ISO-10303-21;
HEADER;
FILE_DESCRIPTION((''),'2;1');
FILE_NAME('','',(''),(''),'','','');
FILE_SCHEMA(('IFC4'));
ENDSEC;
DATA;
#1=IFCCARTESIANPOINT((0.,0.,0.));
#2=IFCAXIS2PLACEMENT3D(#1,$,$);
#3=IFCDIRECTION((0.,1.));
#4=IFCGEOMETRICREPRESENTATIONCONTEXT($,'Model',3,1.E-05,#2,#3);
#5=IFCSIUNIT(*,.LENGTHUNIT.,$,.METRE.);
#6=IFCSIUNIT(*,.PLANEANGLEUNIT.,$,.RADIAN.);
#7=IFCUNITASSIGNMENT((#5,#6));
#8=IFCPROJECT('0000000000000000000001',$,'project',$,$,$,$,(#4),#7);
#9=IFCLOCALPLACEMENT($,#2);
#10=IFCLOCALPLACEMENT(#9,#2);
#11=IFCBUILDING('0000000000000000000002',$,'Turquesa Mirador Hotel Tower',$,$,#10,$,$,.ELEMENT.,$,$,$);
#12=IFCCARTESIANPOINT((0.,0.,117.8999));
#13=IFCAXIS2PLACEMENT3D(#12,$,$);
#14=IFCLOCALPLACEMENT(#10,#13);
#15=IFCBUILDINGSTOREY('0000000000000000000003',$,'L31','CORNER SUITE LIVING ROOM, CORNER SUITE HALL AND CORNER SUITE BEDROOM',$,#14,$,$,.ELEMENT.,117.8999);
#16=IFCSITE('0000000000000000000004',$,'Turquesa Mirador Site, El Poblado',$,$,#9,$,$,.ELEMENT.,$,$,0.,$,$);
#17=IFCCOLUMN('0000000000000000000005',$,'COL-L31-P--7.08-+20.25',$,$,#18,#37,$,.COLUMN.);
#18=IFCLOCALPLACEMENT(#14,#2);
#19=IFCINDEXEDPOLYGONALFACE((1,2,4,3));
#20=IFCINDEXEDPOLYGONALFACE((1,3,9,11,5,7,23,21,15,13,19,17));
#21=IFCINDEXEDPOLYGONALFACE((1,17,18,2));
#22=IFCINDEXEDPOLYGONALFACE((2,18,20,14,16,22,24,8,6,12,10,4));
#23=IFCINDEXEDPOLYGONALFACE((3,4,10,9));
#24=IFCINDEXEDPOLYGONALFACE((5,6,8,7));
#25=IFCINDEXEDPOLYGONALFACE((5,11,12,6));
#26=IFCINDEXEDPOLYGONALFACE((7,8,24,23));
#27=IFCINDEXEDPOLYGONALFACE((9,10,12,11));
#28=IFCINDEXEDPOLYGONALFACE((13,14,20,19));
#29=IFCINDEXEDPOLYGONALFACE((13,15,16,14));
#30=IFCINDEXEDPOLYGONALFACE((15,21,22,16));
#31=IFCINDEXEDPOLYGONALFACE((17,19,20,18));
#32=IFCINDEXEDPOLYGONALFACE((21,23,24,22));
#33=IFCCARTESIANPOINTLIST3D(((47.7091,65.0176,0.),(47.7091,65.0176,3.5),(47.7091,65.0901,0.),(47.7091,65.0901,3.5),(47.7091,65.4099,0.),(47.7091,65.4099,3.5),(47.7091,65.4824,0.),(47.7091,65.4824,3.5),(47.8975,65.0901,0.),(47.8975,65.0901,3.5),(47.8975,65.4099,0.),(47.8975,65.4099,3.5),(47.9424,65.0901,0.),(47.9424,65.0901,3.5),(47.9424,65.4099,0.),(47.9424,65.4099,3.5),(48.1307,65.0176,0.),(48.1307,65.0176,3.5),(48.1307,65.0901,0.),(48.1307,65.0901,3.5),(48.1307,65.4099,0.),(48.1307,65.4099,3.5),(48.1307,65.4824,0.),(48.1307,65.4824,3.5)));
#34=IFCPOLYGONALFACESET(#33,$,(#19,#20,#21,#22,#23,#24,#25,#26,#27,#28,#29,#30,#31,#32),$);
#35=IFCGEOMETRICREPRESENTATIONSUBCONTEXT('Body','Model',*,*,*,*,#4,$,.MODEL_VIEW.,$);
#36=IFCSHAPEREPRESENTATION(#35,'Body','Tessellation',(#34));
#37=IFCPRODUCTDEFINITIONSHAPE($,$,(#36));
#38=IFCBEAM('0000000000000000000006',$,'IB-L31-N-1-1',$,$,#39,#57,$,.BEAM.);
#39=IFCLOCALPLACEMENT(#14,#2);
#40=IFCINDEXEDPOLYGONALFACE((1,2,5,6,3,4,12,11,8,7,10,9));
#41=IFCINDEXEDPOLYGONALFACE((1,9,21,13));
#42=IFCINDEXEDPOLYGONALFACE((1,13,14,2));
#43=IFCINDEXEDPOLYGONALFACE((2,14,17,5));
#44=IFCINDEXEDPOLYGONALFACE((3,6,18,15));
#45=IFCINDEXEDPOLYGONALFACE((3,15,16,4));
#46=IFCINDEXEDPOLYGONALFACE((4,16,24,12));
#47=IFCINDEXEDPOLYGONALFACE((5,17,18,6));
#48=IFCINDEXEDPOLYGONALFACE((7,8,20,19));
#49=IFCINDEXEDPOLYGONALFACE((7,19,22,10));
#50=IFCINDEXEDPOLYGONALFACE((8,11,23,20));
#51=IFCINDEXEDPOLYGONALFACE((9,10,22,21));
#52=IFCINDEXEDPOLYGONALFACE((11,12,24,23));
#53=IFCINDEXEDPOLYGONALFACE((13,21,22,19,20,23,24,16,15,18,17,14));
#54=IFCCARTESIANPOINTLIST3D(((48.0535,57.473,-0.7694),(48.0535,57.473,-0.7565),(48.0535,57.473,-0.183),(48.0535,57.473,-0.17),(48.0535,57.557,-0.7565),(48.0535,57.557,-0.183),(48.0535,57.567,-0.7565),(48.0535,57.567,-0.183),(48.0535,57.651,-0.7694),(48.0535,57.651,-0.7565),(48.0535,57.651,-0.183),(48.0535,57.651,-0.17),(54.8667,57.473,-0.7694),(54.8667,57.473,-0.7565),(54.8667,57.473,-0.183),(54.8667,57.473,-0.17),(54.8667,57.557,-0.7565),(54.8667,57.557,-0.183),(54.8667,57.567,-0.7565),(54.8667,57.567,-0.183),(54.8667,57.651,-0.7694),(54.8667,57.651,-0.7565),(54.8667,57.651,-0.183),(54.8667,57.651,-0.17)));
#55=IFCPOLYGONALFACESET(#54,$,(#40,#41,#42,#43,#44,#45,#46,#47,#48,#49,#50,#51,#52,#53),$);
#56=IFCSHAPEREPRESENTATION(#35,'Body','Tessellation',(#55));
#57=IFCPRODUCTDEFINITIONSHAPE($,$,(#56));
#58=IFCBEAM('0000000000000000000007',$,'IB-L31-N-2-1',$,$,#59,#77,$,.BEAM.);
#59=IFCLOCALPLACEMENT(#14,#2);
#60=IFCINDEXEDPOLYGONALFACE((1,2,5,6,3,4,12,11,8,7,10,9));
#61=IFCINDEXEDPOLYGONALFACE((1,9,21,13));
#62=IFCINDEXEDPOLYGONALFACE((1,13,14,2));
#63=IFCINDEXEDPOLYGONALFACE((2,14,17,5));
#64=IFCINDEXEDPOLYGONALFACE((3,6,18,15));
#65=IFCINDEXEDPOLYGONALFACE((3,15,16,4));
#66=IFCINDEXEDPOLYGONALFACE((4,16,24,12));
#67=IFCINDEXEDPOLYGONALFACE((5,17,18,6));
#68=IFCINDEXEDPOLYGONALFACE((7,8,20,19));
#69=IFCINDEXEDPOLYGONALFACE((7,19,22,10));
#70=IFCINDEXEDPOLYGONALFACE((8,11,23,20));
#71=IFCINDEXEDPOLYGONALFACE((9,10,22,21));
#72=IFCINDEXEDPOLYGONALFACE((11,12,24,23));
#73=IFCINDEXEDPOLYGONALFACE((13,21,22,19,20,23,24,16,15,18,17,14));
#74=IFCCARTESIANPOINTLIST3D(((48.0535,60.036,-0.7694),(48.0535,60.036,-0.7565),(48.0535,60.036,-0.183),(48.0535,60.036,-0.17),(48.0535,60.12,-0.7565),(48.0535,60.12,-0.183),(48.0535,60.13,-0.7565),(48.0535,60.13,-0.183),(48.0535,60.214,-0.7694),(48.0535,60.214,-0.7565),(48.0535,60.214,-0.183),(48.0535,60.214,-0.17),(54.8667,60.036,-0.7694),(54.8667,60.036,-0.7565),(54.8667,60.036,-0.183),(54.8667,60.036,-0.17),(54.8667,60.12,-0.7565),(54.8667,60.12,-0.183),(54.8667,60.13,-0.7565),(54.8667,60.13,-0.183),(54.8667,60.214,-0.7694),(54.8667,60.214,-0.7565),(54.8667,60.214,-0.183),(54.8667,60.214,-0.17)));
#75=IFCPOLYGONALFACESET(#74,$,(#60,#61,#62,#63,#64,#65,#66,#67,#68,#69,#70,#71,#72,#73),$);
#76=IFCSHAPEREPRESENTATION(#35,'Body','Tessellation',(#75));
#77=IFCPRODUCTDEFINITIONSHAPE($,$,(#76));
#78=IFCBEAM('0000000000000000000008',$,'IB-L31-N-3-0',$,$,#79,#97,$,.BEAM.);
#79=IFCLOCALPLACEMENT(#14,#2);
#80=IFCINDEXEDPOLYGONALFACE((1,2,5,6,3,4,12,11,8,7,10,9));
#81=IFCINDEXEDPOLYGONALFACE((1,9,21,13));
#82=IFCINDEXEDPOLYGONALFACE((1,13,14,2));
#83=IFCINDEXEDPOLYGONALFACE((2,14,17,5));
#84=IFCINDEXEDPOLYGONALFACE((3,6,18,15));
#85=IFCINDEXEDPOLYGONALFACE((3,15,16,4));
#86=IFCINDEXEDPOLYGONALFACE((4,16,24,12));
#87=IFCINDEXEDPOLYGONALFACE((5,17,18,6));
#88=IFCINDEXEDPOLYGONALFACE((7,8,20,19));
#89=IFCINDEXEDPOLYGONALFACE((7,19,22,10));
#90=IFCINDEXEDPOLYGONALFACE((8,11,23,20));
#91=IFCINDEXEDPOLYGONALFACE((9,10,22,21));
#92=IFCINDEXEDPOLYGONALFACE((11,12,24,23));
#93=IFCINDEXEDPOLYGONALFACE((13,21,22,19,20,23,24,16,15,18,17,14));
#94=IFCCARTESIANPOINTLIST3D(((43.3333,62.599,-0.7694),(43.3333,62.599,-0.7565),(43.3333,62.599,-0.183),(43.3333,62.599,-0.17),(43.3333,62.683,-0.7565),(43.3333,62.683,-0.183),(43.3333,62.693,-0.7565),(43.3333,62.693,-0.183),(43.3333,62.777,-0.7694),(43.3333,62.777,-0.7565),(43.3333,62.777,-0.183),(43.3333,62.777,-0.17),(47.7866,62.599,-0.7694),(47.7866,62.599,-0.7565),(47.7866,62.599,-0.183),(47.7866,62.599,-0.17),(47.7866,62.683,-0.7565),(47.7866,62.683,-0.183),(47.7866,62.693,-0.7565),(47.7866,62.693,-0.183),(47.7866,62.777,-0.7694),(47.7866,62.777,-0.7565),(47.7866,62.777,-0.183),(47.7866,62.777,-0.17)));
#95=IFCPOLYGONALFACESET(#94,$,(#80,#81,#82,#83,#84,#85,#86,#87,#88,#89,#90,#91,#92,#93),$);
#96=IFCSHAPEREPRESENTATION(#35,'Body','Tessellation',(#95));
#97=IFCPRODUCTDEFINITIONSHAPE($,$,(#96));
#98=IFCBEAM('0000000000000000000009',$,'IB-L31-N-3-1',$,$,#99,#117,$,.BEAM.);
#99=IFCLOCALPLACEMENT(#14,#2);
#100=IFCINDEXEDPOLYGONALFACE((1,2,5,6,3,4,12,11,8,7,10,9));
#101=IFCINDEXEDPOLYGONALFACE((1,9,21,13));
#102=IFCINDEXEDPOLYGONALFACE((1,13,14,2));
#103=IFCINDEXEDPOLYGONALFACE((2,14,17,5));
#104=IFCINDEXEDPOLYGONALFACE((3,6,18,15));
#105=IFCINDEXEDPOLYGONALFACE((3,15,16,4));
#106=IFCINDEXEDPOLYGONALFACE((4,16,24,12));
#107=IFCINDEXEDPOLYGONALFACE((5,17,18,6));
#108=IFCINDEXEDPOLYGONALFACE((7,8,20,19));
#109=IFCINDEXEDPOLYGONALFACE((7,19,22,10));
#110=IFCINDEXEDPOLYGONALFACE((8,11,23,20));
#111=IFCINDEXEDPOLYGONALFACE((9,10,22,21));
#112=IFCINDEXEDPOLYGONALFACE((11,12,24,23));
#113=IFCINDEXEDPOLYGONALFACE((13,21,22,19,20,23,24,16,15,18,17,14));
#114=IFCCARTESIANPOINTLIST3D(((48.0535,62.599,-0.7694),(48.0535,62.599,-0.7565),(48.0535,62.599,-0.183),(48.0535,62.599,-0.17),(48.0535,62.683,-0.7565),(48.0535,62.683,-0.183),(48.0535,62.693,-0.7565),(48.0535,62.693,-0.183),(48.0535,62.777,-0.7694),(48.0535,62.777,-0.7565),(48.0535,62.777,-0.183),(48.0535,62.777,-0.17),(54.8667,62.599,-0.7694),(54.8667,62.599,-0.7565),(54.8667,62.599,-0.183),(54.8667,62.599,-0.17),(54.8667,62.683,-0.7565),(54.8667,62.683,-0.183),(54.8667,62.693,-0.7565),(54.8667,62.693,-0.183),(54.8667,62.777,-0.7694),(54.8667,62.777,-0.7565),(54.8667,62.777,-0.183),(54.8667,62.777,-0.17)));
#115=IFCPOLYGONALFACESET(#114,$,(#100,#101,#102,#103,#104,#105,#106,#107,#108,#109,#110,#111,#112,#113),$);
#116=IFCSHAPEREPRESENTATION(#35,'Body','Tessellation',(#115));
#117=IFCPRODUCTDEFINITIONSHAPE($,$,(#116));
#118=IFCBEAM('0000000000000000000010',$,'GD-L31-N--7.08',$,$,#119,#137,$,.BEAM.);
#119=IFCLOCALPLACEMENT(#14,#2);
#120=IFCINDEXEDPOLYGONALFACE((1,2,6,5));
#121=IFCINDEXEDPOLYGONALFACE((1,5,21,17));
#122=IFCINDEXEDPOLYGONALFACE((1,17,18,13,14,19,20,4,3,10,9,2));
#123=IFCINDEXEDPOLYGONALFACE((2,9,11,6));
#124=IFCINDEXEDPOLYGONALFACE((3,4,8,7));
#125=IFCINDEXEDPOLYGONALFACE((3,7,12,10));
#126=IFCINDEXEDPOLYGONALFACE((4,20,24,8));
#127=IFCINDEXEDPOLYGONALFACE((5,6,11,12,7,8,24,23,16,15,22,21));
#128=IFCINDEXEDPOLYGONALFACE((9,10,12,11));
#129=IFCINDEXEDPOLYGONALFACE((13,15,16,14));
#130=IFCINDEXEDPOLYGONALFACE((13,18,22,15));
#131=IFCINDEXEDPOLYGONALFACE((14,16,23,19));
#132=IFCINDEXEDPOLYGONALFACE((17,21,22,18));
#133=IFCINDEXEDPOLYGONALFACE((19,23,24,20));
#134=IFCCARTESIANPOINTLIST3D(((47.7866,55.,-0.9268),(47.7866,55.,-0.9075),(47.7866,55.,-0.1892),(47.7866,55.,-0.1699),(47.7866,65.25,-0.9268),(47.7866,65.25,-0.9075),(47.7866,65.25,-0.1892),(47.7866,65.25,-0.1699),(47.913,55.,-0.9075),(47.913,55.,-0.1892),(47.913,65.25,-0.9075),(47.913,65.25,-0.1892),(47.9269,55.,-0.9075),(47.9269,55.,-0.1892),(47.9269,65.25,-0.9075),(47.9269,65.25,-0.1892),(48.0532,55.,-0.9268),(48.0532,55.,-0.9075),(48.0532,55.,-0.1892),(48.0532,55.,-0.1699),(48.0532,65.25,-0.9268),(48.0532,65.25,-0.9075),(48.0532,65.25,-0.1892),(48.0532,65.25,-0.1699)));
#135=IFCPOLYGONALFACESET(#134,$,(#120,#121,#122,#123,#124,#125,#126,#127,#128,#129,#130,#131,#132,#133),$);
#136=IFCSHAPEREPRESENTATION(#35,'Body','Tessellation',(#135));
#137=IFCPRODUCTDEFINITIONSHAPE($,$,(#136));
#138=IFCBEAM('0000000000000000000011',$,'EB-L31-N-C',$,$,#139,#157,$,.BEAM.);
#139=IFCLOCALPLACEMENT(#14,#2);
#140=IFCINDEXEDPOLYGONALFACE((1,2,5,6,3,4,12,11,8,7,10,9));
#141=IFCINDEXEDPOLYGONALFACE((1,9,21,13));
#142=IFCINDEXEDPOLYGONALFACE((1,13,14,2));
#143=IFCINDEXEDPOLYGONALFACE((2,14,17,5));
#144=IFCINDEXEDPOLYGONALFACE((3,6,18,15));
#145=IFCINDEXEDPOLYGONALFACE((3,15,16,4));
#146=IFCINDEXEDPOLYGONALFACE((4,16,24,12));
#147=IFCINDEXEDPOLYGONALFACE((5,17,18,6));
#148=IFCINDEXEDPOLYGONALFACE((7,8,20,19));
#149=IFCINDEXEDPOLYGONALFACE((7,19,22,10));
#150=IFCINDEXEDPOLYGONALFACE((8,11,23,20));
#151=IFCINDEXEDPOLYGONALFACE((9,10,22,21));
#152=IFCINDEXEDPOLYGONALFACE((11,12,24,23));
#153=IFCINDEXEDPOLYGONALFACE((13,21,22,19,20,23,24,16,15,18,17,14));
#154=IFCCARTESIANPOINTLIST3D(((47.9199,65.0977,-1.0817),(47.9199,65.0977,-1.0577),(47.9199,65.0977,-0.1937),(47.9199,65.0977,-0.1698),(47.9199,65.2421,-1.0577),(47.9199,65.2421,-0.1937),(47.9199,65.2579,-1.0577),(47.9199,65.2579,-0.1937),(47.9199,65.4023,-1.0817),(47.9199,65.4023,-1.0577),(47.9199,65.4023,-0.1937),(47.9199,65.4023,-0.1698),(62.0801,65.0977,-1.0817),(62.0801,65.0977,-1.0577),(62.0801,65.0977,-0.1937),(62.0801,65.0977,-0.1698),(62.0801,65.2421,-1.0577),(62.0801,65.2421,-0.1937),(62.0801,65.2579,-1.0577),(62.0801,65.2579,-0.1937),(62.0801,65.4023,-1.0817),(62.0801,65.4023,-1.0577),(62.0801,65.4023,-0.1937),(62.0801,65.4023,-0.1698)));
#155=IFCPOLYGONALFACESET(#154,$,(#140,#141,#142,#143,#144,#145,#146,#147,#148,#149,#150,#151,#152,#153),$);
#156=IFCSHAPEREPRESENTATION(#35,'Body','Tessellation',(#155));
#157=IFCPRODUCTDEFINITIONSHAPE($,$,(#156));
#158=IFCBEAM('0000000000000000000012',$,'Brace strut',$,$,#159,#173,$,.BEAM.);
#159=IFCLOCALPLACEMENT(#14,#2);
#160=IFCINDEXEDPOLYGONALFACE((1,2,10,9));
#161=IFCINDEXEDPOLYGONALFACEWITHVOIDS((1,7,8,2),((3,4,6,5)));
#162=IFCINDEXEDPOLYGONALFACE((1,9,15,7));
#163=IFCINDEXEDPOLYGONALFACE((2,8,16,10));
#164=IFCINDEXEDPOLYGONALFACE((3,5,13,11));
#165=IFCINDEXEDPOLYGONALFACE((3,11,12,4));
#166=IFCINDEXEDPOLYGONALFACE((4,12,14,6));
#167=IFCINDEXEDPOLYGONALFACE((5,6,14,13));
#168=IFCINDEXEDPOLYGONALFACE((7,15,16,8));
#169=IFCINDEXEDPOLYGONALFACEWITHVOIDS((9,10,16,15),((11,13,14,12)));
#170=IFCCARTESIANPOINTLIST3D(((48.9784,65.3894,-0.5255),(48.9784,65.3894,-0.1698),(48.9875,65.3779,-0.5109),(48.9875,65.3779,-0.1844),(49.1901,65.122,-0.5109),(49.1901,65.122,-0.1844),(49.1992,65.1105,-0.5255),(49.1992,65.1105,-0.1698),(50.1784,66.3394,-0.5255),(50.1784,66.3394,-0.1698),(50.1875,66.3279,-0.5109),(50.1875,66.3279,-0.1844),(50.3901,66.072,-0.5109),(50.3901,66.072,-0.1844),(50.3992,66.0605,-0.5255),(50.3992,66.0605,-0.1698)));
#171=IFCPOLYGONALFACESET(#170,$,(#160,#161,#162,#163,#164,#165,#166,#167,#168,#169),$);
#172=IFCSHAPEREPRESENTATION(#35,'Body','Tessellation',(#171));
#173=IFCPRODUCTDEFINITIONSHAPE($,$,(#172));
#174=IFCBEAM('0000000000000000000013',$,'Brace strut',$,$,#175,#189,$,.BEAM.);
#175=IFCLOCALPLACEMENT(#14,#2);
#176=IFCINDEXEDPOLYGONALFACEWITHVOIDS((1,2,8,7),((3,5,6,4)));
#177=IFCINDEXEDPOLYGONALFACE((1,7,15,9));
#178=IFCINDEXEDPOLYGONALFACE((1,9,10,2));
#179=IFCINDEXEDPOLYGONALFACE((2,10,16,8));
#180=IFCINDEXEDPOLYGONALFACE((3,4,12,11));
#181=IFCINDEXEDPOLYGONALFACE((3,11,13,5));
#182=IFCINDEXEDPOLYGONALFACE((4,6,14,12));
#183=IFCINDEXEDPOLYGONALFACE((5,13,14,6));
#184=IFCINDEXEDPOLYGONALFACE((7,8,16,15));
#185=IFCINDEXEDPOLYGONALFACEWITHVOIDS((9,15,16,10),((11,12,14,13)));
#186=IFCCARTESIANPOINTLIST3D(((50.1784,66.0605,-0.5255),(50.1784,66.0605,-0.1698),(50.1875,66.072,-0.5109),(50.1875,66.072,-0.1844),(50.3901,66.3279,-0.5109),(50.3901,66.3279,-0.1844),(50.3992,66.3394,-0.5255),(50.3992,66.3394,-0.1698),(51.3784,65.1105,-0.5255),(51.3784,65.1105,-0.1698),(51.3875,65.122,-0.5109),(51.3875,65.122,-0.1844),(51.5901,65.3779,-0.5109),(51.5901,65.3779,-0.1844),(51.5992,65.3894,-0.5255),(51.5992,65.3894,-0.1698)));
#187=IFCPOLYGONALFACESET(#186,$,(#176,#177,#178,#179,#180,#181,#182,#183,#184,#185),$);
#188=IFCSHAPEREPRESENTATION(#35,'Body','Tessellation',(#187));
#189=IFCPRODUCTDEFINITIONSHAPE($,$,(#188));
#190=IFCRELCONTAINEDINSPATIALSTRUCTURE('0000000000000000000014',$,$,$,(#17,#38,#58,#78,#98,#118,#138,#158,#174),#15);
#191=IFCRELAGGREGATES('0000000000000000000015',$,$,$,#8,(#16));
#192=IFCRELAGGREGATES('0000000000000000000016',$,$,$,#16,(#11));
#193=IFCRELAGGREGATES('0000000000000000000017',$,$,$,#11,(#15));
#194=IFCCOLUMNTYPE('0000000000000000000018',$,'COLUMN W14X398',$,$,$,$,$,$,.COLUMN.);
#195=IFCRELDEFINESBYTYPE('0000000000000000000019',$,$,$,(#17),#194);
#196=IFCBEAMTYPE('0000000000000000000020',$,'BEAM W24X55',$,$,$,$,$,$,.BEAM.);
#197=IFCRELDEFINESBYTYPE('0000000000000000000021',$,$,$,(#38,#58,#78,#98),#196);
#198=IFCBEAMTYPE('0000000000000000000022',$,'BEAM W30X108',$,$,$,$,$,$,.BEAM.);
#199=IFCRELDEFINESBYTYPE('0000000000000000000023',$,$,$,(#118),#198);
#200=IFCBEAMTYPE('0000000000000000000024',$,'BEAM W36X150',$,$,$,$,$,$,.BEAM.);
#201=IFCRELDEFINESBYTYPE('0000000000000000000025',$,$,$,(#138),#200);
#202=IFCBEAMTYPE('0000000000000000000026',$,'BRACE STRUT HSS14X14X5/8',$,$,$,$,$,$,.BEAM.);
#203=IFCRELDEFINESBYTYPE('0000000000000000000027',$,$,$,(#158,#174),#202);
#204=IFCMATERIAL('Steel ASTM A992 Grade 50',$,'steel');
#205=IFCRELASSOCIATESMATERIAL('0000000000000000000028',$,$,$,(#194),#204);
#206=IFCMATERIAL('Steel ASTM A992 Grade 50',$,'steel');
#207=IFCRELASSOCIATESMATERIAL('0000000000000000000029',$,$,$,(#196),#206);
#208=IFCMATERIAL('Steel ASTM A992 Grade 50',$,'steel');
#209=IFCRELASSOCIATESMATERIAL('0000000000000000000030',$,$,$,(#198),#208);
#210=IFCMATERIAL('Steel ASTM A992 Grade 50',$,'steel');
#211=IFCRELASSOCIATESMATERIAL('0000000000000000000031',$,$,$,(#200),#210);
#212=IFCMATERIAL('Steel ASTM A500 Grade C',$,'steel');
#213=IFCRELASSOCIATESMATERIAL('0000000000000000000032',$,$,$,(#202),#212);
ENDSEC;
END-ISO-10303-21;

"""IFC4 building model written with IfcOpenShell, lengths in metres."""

from ifc_helpers import new_model, si_unit, direction, frame, origin, origin_2d, place, context, subcontext, project, spatial, hollow_rectangle, i_section, extrude, material, material_profile, profile_set, type_object, element, save


model = new_model("IFC4")

# Units and contexts
model_context = context("Model", 3, precision=1e-05, world=origin(), true_north=direction((0.0, 1.0)))
body_context = subcontext(model_context, "Body", "Model", "MODEL_VIEW")
ifc_project = project(units=[si_unit("LENGTHUNIT", "METRE"), si_unit("PLANEANGLEUNIT", "RADIAN")], contexts=[model_context])

# Site, building, storey
site_placement = place(None, origin())
site = spatial("IfcSite", under=ifc_project, at=site_placement, Name="Turquesa Mirador Site, El Poblado", CompositionType="ELEMENT", RefElevation=0.0)
building_placement = place(site_placement, origin())
building = spatial("IfcBuilding", under=site, at=building_placement, Name="Turquesa Mirador Hotel Tower", CompositionType="ELEMENT")
storey_placement = place(building_placement, frame((0.0, 0.0, 117.8999)))
storey = spatial("IfcBuildingStorey", under=building, at=storey_placement, Name="L31", Description="CORNER SUITE LIVING ROOM, CORNER SUITE HALL AND CORNER SUITE BEDROOM", CompositionType="ELEMENT", Elevation=117.8999)

# Column
ifc_material_1 = material(Name="Steel ASTM A992 Grade 50", Category="steel")
ifc_material_profile_1 = material_profile(ifc_material_1, i_section(OverallWidth=0.4216, OverallDepth=0.4648, WebThickness=0.0449, FlangeThickness=0.0725, at=origin_2d()), Name="W14X398")
ifc_profile_set_1 = profile_set([ifc_material_profile_1], Name="Steel ASTM A992 Grade 50")
column_type = type_object("IfcColumnType", Name="COLUMN W14X398", PredefinedType="COLUMN", material=ifc_profile_set_1)
column_placement = place(storey_placement, frame((47.9199, 65.25, 0.0), z_axis=(0.0, 0.0, 1.0), x_axis=(1.0, 0.0, 0.0)))
element("IfcColumn", 1, at=column_placement, inside=storey, type_object=column_type, Name="COL-L31-P--7.08-+20.25", PredefinedType="COLUMN", context=body_context, shape_type="SweptSolid", body=[
    extrude(i_section(OverallWidth=0.4216, OverallDepth=0.4648, WebThickness=0.0449, FlangeThickness=0.0725, at=origin_2d()), origin(), (0.0, 0.0, 1.0), 3.5),
])

# Beams
ifc_material_2 = material(Name="Steel ASTM A992 Grade 50", Category="steel")
ifc_material_profile_2 = material_profile(ifc_material_2, i_section(OverallWidth=0.178, OverallDepth=0.5994, WebThickness=0.01, FlangeThickness=0.0129, at=origin_2d()), Name="W24X55")
ifc_profile_set_2 = profile_set([ifc_material_profile_2], Name="Steel ASTM A992 Grade 50")
beam_type_1 = type_object("IfcBeamType", Name="BEAM W24X55", PredefinedType="BEAM", material=ifc_profile_set_2)
for number, where, z_axis, x_axis, name in (
    (2, (48.0535, 57.562, -0.4697), (1.0, 0.0, 0.0), (0.0, 1.0, 0.0), "IB-L31-N-1-1"),
    (3, (48.0535, 60.125, -0.4697), (1.0, 0.0, 0.0), (0.0, 1.0, 0.0), "IB-L31-N-2-1"),
):
    element("IfcBeam", number, at=place(storey_placement, frame(where, z_axis=z_axis, x_axis=x_axis)), inside=storey, type_object=beam_type_1, Name=name, PredefinedType="BEAM", context=body_context, shape_type="SweptSolid", body=[
        extrude(i_section(OverallWidth=0.178, OverallDepth=0.5994, WebThickness=0.01, FlangeThickness=0.0129, at=origin_2d()), origin(), (0.0, 0.0, 1.0), 6.8132),
    ])
beam_1_placement = place(storey_placement, frame((43.3333, 62.688, -0.4697), z_axis=(1.0, 0.0, 0.0), x_axis=(0.0, 1.0, 0.0)))
element("IfcBeam", 4, at=beam_1_placement, inside=storey, type_object=beam_type_1, Name="IB-L31-N-3-0", PredefinedType="BEAM", context=body_context, shape_type="SweptSolid", body=[
    extrude(i_section(OverallWidth=0.178, OverallDepth=0.5994, WebThickness=0.01, FlangeThickness=0.0129, at=origin_2d()), origin(), (0.0, 0.0, 1.0), 4.4534),
])
beam_2_placement = place(storey_placement, frame((48.0535, 62.688, -0.4697), z_axis=(1.0, 0.0, 0.0), x_axis=(0.0, 1.0, 0.0)))
element("IfcBeam", 5, at=beam_2_placement, inside=storey, type_object=beam_type_1, Name="IB-L31-N-3-1", PredefinedType="BEAM", context=body_context, shape_type="SweptSolid", body=[
    extrude(i_section(OverallWidth=0.178, OverallDepth=0.5994, WebThickness=0.01, FlangeThickness=0.0129, at=origin_2d()), origin(), (0.0, 0.0, 1.0), 6.8132),
])
ifc_material_3 = material(Name="Steel ASTM A992 Grade 50", Category="steel")
ifc_material_profile_3 = material_profile(ifc_material_3, i_section(OverallWidth=0.2666, OverallDepth=0.7568, WebThickness=0.0139, FlangeThickness=0.0193, at=origin_2d()), Name="W30X108")
ifc_profile_set_3 = profile_set([ifc_material_profile_3], Name="Steel ASTM A992 Grade 50")
beam_type_2 = type_object("IfcBeamType", Name="BEAM W30X108", PredefinedType="BEAM", material=ifc_profile_set_3)
beam_3_placement = place(storey_placement, frame((47.9199, 65.25, -0.5483), z_axis=(0.0, -1.0, 0.0), x_axis=(1.0, 0.0, 0.0)))
element("IfcBeam", 6, at=beam_3_placement, inside=storey, type_object=beam_type_2, Name="GD-L31-N--7.08", PredefinedType="BEAM", context=body_context, shape_type="SweptSolid", body=[
    extrude(i_section(OverallWidth=0.2666, OverallDepth=0.7568, WebThickness=0.0139, FlangeThickness=0.0193, at=origin_2d()), origin(), (0.0, 0.0, 1.0), 10.25),
])
ifc_material_4 = material(Name="Steel ASTM A992 Grade 50", Category="steel")
ifc_material_profile_4 = material_profile(ifc_material_4, i_section(OverallWidth=0.3047, OverallDepth=0.9119, WebThickness=0.0159, FlangeThickness=0.0239, at=origin_2d()), Name="W36X150")
ifc_profile_set_4 = profile_set([ifc_material_profile_4], Name="Steel ASTM A992 Grade 50")
beam_type_3 = type_object("IfcBeamType", Name="BEAM W36X150", PredefinedType="BEAM", material=ifc_profile_set_4)
beam_4_placement = place(storey_placement, frame((47.9199, 65.25, -0.6257), z_axis=(1.0, 0.0, 0.0), x_axis=(0.0, 1.0, 0.0)))
element("IfcBeam", 7, at=beam_4_placement, inside=storey, type_object=beam_type_3, Name="EB-L31-N-C", PredefinedType="BEAM", context=body_context, shape_type="SweptSolid", body=[
    extrude(i_section(OverallWidth=0.3047, OverallDepth=0.9119, WebThickness=0.0159, FlangeThickness=0.0239, at=origin_2d()), origin(), (0.0, 0.0, 1.0), 14.1602),
])
ifc_material_5 = material(Name="Steel ASTM A500 Grade C", Category="steel")
ifc_material_profile_5 = material_profile(ifc_material_5, hollow_rectangle(XDim=0.3557, YDim=0.3557, WallThickness=0.0146, at=origin_2d()), Name="HSS14X14X5/8")
ifc_profile_set_5 = profile_set([ifc_material_profile_5], Name="Steel ASTM A500 Grade C")
beam_type_4 = type_object("IfcBeamType", Name="BRACE STRUT HSS14X14X5/8", PredefinedType="BEAM", material=ifc_profile_set_5)
for number, where, z_axis, x_axis, name in (
    (8, (50.2888, 66.2, -0.3477), (-0.784049, -0.620699, 0.0), (0.620699, -0.784049, 0.0), "Brace strut"),
    (9, (50.2888, 66.2, -0.3477), (0.784049, -0.620699, 0.0), (0.620699, 0.784049, 0.0), "Brace strut"),
):
    element("IfcBeam", number, at=place(storey_placement, frame(where, z_axis=z_axis, x_axis=x_axis)), inside=storey, type_object=beam_type_4, Name=name, PredefinedType="BEAM", context=body_context, shape_type="SweptSolid", body=[
        extrude(hollow_rectangle(XDim=0.3557, YDim=0.3557, WallThickness=0.0146, at=origin_2d()), origin(), (0.0, 0.0, 1.0), 1.5305),
    ])

save(model, "model.ifc")
